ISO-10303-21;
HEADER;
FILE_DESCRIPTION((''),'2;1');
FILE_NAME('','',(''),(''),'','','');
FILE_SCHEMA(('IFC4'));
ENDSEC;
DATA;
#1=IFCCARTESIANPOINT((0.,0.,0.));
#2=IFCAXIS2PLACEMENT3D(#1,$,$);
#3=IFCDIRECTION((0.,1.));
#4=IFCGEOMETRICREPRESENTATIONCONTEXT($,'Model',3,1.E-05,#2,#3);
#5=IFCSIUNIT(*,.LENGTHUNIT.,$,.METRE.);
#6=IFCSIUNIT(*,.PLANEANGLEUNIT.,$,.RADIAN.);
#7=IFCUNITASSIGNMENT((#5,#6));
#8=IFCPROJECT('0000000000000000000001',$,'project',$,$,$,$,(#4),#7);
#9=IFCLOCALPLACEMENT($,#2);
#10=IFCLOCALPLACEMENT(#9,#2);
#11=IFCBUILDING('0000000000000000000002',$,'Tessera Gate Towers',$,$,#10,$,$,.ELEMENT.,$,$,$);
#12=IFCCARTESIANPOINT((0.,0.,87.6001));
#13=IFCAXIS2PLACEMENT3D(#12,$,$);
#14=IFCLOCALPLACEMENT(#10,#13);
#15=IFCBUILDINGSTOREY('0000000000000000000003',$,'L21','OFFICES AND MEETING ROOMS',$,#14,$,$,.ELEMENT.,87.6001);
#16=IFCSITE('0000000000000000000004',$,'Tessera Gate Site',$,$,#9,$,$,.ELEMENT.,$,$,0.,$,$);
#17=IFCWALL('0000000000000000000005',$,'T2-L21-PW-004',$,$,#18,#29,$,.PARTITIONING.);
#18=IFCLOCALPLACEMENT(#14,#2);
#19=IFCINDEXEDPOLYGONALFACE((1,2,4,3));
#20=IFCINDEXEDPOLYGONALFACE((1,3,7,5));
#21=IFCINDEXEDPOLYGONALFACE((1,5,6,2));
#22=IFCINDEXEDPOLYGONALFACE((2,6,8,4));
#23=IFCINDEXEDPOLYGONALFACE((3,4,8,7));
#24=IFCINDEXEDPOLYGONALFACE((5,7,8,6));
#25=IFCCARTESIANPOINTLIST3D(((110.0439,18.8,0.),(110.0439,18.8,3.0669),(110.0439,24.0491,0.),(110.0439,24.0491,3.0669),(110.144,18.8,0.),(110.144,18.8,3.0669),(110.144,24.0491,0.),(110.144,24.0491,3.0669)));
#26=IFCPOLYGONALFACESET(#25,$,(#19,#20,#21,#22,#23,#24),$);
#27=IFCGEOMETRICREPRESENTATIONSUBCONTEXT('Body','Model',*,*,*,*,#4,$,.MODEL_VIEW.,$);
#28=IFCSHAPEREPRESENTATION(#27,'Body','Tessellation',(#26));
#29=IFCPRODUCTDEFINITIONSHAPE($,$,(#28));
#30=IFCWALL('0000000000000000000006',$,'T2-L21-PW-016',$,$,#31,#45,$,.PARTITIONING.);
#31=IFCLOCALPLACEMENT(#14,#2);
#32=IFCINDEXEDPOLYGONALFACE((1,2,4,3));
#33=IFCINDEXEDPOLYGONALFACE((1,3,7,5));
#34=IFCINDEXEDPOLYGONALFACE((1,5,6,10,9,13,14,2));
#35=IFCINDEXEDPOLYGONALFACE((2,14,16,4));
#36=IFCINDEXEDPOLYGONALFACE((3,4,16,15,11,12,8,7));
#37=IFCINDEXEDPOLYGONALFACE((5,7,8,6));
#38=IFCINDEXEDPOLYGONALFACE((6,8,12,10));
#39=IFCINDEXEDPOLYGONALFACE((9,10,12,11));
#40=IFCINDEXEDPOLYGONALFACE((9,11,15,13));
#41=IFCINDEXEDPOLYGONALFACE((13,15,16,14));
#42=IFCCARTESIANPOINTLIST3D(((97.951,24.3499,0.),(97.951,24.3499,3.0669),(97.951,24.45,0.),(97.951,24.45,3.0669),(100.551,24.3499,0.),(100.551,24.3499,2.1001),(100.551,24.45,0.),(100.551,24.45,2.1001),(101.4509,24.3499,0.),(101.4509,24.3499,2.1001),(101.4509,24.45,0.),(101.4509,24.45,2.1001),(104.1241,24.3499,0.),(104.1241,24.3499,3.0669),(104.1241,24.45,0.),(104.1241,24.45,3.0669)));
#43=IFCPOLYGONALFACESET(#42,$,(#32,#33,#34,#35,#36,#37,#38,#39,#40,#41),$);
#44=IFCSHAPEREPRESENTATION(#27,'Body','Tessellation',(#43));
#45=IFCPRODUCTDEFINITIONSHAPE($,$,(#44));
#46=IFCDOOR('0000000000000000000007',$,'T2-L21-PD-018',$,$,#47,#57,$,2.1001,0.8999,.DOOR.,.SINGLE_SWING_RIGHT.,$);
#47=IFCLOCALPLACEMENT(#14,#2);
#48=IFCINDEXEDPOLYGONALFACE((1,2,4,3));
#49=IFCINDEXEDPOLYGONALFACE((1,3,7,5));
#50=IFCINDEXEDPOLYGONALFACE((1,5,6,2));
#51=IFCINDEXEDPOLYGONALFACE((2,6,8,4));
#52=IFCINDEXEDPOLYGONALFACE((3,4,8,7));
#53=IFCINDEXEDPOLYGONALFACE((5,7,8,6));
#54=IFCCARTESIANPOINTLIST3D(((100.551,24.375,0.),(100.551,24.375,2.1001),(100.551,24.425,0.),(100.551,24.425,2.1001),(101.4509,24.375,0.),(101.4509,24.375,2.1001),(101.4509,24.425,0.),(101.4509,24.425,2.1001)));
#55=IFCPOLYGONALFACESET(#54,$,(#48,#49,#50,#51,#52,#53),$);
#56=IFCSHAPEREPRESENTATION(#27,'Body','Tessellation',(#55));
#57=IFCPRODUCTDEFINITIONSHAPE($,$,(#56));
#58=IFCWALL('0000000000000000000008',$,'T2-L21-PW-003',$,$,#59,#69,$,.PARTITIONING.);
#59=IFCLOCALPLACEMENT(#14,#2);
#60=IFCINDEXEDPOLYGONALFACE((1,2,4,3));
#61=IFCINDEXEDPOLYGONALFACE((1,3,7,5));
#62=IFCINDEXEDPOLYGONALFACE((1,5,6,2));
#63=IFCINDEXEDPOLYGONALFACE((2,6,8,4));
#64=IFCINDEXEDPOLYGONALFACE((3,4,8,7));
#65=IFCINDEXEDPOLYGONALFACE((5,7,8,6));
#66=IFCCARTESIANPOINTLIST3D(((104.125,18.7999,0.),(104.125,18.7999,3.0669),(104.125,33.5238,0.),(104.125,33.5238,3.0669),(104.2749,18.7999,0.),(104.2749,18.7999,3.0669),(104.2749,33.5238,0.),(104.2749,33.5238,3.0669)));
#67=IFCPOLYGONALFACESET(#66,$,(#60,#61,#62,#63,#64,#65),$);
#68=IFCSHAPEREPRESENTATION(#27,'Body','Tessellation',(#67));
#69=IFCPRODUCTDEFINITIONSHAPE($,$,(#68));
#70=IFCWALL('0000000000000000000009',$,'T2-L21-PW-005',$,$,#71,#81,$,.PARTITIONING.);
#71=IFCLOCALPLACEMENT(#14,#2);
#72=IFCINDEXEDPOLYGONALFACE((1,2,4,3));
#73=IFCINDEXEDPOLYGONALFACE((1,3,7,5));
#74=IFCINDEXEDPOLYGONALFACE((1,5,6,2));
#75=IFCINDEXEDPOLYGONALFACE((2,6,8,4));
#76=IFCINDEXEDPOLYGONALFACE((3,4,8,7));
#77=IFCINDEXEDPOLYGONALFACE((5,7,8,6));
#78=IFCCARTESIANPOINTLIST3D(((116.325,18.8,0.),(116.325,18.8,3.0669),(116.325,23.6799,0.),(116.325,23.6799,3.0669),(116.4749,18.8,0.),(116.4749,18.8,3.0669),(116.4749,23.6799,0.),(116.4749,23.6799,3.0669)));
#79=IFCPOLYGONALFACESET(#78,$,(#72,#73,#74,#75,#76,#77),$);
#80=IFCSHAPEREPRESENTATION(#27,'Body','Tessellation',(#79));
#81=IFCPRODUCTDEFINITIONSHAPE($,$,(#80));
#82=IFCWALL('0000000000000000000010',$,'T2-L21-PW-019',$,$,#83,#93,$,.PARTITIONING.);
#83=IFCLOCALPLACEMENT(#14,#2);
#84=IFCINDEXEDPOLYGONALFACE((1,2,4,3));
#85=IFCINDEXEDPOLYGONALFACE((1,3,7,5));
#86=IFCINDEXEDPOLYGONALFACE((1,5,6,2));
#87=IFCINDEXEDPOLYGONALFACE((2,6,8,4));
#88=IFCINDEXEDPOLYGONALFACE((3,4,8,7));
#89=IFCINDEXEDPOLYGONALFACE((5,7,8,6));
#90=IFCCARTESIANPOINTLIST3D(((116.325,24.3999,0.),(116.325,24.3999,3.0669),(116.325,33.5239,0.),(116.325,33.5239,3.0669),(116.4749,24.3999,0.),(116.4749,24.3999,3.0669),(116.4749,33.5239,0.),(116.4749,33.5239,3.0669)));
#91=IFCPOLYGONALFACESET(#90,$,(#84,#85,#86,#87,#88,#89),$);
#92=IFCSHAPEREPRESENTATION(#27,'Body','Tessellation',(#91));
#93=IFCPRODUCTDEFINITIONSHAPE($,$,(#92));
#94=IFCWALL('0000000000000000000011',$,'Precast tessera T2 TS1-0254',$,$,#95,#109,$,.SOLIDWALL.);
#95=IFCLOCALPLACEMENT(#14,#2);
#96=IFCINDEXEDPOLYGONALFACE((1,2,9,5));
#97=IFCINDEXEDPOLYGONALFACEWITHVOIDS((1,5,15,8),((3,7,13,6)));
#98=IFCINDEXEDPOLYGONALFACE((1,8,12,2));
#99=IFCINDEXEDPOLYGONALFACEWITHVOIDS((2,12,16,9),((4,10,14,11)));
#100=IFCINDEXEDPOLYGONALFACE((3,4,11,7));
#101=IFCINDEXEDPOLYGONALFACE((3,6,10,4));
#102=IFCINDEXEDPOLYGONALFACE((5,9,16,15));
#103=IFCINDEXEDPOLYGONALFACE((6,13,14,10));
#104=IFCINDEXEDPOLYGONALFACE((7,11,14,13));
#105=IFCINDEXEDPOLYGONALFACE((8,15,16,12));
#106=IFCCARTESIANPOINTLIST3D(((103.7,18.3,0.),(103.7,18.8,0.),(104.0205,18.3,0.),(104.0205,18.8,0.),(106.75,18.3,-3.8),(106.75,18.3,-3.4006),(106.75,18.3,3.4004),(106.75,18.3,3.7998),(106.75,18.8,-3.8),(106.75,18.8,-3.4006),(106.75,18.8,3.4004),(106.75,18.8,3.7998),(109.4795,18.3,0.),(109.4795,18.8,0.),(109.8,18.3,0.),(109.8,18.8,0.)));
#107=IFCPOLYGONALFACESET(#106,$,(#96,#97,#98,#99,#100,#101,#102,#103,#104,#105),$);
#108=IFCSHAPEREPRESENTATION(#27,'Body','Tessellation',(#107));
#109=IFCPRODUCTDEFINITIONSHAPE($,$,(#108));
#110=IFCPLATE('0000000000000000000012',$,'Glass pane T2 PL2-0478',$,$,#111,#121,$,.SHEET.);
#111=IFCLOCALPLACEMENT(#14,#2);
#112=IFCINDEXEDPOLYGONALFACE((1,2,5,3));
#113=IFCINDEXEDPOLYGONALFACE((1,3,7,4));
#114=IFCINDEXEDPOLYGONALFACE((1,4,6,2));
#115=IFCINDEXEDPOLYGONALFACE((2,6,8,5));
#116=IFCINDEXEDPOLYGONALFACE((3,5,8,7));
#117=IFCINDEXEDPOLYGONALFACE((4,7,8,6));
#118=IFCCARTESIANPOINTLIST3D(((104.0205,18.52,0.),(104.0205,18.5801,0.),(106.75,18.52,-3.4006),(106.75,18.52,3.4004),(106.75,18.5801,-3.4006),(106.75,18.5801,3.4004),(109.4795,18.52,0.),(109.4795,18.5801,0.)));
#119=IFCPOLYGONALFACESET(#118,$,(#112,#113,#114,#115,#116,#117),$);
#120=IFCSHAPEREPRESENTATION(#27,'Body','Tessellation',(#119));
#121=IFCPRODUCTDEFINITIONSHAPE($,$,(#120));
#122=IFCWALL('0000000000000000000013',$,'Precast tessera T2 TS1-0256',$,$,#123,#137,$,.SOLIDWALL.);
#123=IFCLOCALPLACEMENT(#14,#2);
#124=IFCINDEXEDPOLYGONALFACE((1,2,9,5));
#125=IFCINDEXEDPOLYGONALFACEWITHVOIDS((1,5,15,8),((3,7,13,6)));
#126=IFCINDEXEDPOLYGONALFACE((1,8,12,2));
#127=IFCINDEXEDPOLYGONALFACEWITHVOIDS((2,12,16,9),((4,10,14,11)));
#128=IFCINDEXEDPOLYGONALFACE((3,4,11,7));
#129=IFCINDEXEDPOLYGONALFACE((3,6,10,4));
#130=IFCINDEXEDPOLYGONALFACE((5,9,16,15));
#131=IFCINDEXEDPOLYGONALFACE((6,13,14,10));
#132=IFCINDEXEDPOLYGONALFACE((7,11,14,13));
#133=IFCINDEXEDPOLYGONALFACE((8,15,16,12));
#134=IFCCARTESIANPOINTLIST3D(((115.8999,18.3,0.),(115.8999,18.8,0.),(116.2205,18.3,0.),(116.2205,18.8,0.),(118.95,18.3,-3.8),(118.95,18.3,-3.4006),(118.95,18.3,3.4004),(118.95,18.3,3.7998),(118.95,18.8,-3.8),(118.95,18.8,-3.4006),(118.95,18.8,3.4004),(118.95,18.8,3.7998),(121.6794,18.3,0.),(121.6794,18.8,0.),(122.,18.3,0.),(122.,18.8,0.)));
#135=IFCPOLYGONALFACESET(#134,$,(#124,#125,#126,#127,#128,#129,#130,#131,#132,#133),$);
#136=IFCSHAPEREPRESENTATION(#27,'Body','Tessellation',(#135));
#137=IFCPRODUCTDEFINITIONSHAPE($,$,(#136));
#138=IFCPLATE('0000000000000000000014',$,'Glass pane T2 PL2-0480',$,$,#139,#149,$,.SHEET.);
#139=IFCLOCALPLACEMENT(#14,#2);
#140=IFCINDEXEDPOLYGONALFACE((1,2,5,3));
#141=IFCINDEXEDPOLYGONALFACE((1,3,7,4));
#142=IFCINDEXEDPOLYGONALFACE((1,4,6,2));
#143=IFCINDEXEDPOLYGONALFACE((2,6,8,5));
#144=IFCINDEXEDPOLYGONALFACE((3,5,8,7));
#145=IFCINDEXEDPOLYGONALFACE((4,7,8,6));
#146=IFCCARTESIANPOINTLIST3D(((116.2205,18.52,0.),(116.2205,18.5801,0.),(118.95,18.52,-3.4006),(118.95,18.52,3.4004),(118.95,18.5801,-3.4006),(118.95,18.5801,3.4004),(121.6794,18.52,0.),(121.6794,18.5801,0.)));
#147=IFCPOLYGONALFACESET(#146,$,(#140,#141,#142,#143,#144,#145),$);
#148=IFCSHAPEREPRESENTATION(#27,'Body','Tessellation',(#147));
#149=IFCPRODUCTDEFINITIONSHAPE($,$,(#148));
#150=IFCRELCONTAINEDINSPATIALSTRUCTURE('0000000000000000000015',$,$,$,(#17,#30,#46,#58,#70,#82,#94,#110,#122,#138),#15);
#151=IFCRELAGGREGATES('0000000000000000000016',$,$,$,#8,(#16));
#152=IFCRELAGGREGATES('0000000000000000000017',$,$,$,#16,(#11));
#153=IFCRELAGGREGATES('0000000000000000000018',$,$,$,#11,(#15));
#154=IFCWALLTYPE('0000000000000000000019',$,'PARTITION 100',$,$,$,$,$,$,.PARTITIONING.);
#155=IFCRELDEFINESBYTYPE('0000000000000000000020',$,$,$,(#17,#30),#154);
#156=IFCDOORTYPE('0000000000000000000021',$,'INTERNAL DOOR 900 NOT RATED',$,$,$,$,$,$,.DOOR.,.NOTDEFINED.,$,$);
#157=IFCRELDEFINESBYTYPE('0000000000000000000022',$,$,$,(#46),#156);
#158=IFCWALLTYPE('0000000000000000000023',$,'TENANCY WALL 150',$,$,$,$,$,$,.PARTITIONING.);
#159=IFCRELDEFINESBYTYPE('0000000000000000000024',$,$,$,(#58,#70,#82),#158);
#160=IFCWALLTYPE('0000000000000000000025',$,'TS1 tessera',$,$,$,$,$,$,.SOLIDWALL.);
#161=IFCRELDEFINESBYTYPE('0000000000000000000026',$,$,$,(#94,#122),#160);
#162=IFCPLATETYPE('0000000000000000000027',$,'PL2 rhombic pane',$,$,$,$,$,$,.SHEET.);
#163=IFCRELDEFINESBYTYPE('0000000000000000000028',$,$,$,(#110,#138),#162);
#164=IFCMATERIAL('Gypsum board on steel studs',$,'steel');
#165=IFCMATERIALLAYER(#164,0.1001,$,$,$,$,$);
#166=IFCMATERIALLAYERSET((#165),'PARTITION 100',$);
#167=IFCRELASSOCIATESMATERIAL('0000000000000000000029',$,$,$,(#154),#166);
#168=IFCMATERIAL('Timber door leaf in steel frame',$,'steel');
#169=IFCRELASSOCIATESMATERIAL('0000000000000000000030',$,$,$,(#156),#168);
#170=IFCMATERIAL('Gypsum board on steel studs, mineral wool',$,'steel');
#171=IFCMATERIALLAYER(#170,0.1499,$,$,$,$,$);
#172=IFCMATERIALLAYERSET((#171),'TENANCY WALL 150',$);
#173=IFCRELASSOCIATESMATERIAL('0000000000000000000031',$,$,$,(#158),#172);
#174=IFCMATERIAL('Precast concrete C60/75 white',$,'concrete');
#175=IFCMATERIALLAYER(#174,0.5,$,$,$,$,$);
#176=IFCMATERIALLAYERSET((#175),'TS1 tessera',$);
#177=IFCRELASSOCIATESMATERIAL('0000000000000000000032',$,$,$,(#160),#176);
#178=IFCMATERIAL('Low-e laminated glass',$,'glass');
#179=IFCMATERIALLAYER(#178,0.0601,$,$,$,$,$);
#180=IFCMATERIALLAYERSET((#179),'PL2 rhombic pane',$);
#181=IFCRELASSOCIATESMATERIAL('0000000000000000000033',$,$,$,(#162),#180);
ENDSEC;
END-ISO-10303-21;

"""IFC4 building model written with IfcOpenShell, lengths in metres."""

from ifc_helpers import new_model, si_unit, direction, frame, frame_2d, origin, place, context, subcontext, project, spatial, polyline, rectangle, outline, extrude, source, transform, mapped, material, layer, layer_set, type_object, element, fill, save


model = new_model("IFC4")

# Units and contexts
model_context = context("Model", 3, precision=1e-05, world=origin(), true_north=direction((0.0, 1.0)))
body_context = subcontext(model_context, "Body", "Model", "MODEL_VIEW")
ifc_project = project(units=[si_unit("LENGTHUNIT", "METRE"), si_unit("PLANEANGLEUNIT", "RADIAN")], contexts=[model_context])

# Site, building, storey
site_placement = place(None, origin())
site = spatial("IfcSite", under=ifc_project, at=site_placement, Name="Tessera Gate Site", CompositionType="ELEMENT", RefElevation=0.0)
building_placement = place(site_placement, origin())
building = spatial("IfcBuilding", under=site, at=building_placement, Name="Tessera Gate Towers", CompositionType="ELEMENT")
storey_placement = place(building_placement, frame((0.0, 0.0, 87.6001)))
storey = spatial("IfcBuildingStorey", under=building, at=storey_placement, Name="L21", Description="OFFICES AND MEETING ROOMS", CompositionType="ELEMENT", Elevation=87.6001)

# Shared definitions
shared_shape_1 = source(origin(), body_context, "Body", "SweptSolid", [
    extrude(rectangle(XDim=0.8999, YDim=2.1001, at=frame_2d((0.45, 1.05))), frame((0.0, 0.0601, 0.0), z_axis=(0.0, -1.0, 0.0), x_axis=(1.0, 0.0, 0.0)), (0.0, 0.0, 1.0), 0.1201),
])
shared_shape_2 = source(origin(), body_context, "Body", "SweptSolid", [
    extrude(rectangle(XDim=0.8999, YDim=2.1001, at=frame_2d((0.45, 1.05))), frame((0.0, 0.0249, 0.0), z_axis=(0.0, -1.0, 0.0), x_axis=(1.0, 0.0, 0.0)), (0.0, 0.0, 1.0), 0.05),
])

# Wall
ifc_material_1 = material(Name="Gypsum board on steel studs", Category="steel")
ifc_layer_1 = layer(ifc_material_1, 0.1001)
ifc_layer_set_1 = layer_set([ifc_layer_1], Name="PARTITION 100")
wall_type_1 = type_object("IfcWallType", Name="PARTITION 100", PredefinedType="PARTITIONING", material=ifc_layer_set_1)
wall_1_placement = place(storey_placement, frame((110.094, 18.8, 0.0), z_axis=(0.0, 0.0, 1.0), x_axis=(0.0, 1.0, 0.0)))
element("IfcWall", 1, at=wall_1_placement, inside=storey, type_object=wall_type_1, Name="T2-L21-PW-004", PredefinedType="PARTITIONING", context=body_context, shape_type="SweptSolid", body=[
    extrude(rectangle(XDim=5.249, YDim=0.1001, at=frame_2d((2.6245, 0.0))), origin(), (0.0, 0.0, 1.0), 3.0669),
])

# Wall, opening, door
wall_2_placement = place(storey_placement, frame((104.124, 24.3999, 0.0), z_axis=(0.0, 0.0, 1.0), x_axis=(-1.0, 0.0, 0.0)))
wall_2 = element("IfcWall", 2, at=wall_2_placement, inside=storey, type_object=wall_type_1, Name="T2-L21-PW-016", PredefinedType="PARTITIONING", context=body_context, shape_type="SweptSolid", body=[
    extrude(rectangle(XDim=6.1731, YDim=0.1001, at=frame_2d((3.0864, 0.0))), origin(), (0.0, 0.0, 1.0), 3.0669),
])
opening_1_placement = place(wall_2_placement, frame((2.6731, 0.0, 0.0)))
opening_1 = element("IfcOpeningElement", 3, at=opening_1_placement, cuts=wall_2, PredefinedType="OPENING", context=body_context, shape_type="MappedRepresentation", body=[
    mapped(shared_shape_1, transform((0.0, 0.0, 0.0), scale=1.0)),
])
ifc_material_2 = material(Name="Timber door leaf in steel frame", Category="steel")
door_type_1 = type_object("IfcDoorType", Name="INTERNAL DOOR 900 NOT RATED", OperationType="NOTDEFINED", PredefinedType="DOOR", material=ifc_material_2)
door_1_placement = place(opening_1_placement, origin())
door_1 = element("IfcDoor", 4, at=door_1_placement, inside=storey, type_object=door_type_1, Name="T2-L21-PD-018", OperationType="SINGLE_SWING_RIGHT", OverallHeight=2.1001, OverallWidth=0.8999, PredefinedType="DOOR", context=body_context, shape_type="MappedRepresentation", body=[
    mapped(shared_shape_2, transform((0.0, 0.0, 0.0), scale=1.0)),
])
fill(opening_1, door_1)

# Walls
ifc_material_3 = material(Name="Gypsum board on steel studs, mineral wool", Category="steel")
ifc_layer_2 = layer(ifc_material_3, 0.1499)
ifc_layer_set_2 = layer_set([ifc_layer_2], Name="TENANCY WALL 150")
wall_type_2 = type_object("IfcWallType", Name="TENANCY WALL 150", PredefinedType="PARTITIONING", material=ifc_layer_set_2)
wall_3_placement = place(storey_placement, frame((104.2, 18.8, 0.0), z_axis=(0.0, 0.0, 1.0), x_axis=(0.0, 1.0, 0.0)))
element("IfcWall", 5, at=wall_3_placement, inside=storey, type_object=wall_type_2, Name="T2-L21-PW-003", PredefinedType="PARTITIONING", context=body_context, shape_type="SweptSolid", body=[
    extrude(rectangle(XDim=14.7239, YDim=0.1499, at=frame_2d((7.3618, 0.0))), origin(), (0.0, 0.0, 1.0), 3.0669),
])
wall_4_placement = place(storey_placement, frame((116.3999, 18.8, 0.0), z_axis=(0.0, 0.0, 1.0), x_axis=(0.0, 1.0, 0.0)))
element("IfcWall", 6, at=wall_4_placement, inside=storey, type_object=wall_type_2, Name="T2-L21-PW-005", PredefinedType="PARTITIONING", context=body_context, shape_type="SweptSolid", body=[
    extrude(rectangle(XDim=4.8799, YDim=0.1499, at=frame_2d((2.4399, 0.0))), origin(), (0.0, 0.0, 1.0), 3.0669),
])
wall_5_placement = place(storey_placement, frame((116.3999, 24.3999, 0.0), z_axis=(0.0, 0.0, 1.0), x_axis=(0.0, 1.0, 0.0)))
element("IfcWall", 7, at=wall_5_placement, inside=storey, type_object=wall_type_2, Name="T2-L21-PW-019", PredefinedType="PARTITIONING", context=body_context, shape_type="SweptSolid", body=[
    extrude(rectangle(XDim=9.124, YDim=0.1499, at=frame_2d((4.562, 0.0))), origin(), (0.0, 0.0, 1.0), 3.0669),
])

# Walls, openings, plates
ifc_material_4 = material(Name="Precast concrete C60/75 white", Category="concrete")
ifc_layer_3 = layer(ifc_material_4, 0.5)
ifc_layer_set_3 = layer_set([ifc_layer_3], Name="TS1 tessera")
wall_type_3 = type_object("IfcWallType", Name="TS1 tessera", PredefinedType="SOLIDWALL", material=ifc_layer_set_3)
shared_shape_3 = source(origin(), body_context, "Body", "SweptSolid", [
    extrude(outline(polyline([(3.05, 0.0), (6.1001, 3.8), (3.05, 7.5999), (0.0, 3.8), (3.05, 0.0)])), frame((0.0, 0.25, 0.0), z_axis=(0.0, -1.0, 0.0), x_axis=(1.0, 0.0, 0.0)), (0.0, 0.0, 1.0), 0.5),
])
wall_6_placement = place(storey_placement, frame((103.7, 18.55, -3.8), z_axis=(0.0, 0.0, 1.0), x_axis=(1.0, 0.0, 0.0)))
wall_6 = element("IfcWall", 8, at=wall_6_placement, inside=storey, type_object=wall_type_3, Name="Precast tessera T2 TS1-0254", PredefinedType="SOLIDWALL", context=body_context, shape_type="MappedRepresentation", body=[
    mapped(shared_shape_3, transform((0.0, 0.0, 0.0), scale=1.0)),
])
shared_shape_4 = source(origin(), body_context, "Body", "SweptSolid", [
    extrude(outline(polyline([(3.05, 0.3994), (5.7795, 3.8), (3.05, 7.2004), (0.3206, 3.8), (3.05, 0.3994)])), frame((0.0, 0.26, 0.0), z_axis=(0.0, -1.0, 0.0), x_axis=(1.0, 0.0, 0.0)), (0.0, 0.0, 1.0), 0.52),
])
opening_2_placement = place(wall_6_placement, origin())
opening_2 = element("IfcOpeningElement", 9, at=opening_2_placement, cuts=wall_6, PredefinedType="OPENING", context=body_context, shape_type="MappedRepresentation", body=[
    mapped(shared_shape_4, transform((0.0, 0.0, 0.0), scale=1.0)),
])
ifc_material_5 = material(Name="Low-e laminated glass", Category="glass")
ifc_layer_4 = layer(ifc_material_5, 0.0601)
ifc_layer_set_4 = layer_set([ifc_layer_4], Name="PL2 rhombic pane")
plate_type = type_object("IfcPlateType", Name="PL2 rhombic pane", PredefinedType="SHEET", material=ifc_layer_set_4)
shared_shape_5 = source(origin(), body_context, "Body", "SweptSolid", [
    extrude(outline(polyline([(3.05, 0.3994), (5.7795, 3.8), (3.05, 7.2004), (0.3206, 3.8), (3.05, 0.3994)])), frame((0.0, 0.03, 0.0), z_axis=(0.0, -1.0, 0.0), x_axis=(1.0, 0.0, 0.0)), (0.0, 0.0, 1.0), 0.0601),
])
plate_1_placement = place(opening_2_placement, origin())
plate_1 = element("IfcPlate", 10, at=plate_1_placement, inside=storey, type_object=plate_type, Name="Glass pane T2 PL2-0478", PredefinedType="SHEET", context=body_context, shape_type="MappedRepresentation", body=[
    mapped(shared_shape_5, transform((0.0, 0.0, 0.0), scale=1.0)),
])
fill(opening_2, plate_1)
wall_7_placement = place(storey_placement, frame((115.8999, 18.55, -3.8), z_axis=(0.0, 0.0, 1.0), x_axis=(1.0, 0.0, 0.0)))
wall_7 = element("IfcWall", 11, at=wall_7_placement, inside=storey, type_object=wall_type_3, Name="Precast tessera T2 TS1-0256", PredefinedType="SOLIDWALL", context=body_context, shape_type="MappedRepresentation", body=[
    mapped(shared_shape_3, transform((0.0, 0.0, 0.0), scale=1.0)),
])
opening_3_placement = place(wall_7_placement, origin())
opening_3 = element("IfcOpeningElement", 12, at=opening_3_placement, cuts=wall_7, PredefinedType="OPENING", context=body_context, shape_type="MappedRepresentation", body=[
    mapped(shared_shape_4, transform((0.0, 0.0, 0.0), scale=1.0)),
])
plate_2_placement = place(opening_3_placement, origin())
plate_2 = element("IfcPlate", 13, at=plate_2_placement, inside=storey, type_object=plate_type, Name="Glass pane T2 PL2-0480", PredefinedType="SHEET", context=body_context, shape_type="MappedRepresentation", body=[
    mapped(shared_shape_5, transform((0.0, 0.0, 0.0), scale=1.0)),
])
fill(opening_3, plate_2)

save(model, "model.ifc")
